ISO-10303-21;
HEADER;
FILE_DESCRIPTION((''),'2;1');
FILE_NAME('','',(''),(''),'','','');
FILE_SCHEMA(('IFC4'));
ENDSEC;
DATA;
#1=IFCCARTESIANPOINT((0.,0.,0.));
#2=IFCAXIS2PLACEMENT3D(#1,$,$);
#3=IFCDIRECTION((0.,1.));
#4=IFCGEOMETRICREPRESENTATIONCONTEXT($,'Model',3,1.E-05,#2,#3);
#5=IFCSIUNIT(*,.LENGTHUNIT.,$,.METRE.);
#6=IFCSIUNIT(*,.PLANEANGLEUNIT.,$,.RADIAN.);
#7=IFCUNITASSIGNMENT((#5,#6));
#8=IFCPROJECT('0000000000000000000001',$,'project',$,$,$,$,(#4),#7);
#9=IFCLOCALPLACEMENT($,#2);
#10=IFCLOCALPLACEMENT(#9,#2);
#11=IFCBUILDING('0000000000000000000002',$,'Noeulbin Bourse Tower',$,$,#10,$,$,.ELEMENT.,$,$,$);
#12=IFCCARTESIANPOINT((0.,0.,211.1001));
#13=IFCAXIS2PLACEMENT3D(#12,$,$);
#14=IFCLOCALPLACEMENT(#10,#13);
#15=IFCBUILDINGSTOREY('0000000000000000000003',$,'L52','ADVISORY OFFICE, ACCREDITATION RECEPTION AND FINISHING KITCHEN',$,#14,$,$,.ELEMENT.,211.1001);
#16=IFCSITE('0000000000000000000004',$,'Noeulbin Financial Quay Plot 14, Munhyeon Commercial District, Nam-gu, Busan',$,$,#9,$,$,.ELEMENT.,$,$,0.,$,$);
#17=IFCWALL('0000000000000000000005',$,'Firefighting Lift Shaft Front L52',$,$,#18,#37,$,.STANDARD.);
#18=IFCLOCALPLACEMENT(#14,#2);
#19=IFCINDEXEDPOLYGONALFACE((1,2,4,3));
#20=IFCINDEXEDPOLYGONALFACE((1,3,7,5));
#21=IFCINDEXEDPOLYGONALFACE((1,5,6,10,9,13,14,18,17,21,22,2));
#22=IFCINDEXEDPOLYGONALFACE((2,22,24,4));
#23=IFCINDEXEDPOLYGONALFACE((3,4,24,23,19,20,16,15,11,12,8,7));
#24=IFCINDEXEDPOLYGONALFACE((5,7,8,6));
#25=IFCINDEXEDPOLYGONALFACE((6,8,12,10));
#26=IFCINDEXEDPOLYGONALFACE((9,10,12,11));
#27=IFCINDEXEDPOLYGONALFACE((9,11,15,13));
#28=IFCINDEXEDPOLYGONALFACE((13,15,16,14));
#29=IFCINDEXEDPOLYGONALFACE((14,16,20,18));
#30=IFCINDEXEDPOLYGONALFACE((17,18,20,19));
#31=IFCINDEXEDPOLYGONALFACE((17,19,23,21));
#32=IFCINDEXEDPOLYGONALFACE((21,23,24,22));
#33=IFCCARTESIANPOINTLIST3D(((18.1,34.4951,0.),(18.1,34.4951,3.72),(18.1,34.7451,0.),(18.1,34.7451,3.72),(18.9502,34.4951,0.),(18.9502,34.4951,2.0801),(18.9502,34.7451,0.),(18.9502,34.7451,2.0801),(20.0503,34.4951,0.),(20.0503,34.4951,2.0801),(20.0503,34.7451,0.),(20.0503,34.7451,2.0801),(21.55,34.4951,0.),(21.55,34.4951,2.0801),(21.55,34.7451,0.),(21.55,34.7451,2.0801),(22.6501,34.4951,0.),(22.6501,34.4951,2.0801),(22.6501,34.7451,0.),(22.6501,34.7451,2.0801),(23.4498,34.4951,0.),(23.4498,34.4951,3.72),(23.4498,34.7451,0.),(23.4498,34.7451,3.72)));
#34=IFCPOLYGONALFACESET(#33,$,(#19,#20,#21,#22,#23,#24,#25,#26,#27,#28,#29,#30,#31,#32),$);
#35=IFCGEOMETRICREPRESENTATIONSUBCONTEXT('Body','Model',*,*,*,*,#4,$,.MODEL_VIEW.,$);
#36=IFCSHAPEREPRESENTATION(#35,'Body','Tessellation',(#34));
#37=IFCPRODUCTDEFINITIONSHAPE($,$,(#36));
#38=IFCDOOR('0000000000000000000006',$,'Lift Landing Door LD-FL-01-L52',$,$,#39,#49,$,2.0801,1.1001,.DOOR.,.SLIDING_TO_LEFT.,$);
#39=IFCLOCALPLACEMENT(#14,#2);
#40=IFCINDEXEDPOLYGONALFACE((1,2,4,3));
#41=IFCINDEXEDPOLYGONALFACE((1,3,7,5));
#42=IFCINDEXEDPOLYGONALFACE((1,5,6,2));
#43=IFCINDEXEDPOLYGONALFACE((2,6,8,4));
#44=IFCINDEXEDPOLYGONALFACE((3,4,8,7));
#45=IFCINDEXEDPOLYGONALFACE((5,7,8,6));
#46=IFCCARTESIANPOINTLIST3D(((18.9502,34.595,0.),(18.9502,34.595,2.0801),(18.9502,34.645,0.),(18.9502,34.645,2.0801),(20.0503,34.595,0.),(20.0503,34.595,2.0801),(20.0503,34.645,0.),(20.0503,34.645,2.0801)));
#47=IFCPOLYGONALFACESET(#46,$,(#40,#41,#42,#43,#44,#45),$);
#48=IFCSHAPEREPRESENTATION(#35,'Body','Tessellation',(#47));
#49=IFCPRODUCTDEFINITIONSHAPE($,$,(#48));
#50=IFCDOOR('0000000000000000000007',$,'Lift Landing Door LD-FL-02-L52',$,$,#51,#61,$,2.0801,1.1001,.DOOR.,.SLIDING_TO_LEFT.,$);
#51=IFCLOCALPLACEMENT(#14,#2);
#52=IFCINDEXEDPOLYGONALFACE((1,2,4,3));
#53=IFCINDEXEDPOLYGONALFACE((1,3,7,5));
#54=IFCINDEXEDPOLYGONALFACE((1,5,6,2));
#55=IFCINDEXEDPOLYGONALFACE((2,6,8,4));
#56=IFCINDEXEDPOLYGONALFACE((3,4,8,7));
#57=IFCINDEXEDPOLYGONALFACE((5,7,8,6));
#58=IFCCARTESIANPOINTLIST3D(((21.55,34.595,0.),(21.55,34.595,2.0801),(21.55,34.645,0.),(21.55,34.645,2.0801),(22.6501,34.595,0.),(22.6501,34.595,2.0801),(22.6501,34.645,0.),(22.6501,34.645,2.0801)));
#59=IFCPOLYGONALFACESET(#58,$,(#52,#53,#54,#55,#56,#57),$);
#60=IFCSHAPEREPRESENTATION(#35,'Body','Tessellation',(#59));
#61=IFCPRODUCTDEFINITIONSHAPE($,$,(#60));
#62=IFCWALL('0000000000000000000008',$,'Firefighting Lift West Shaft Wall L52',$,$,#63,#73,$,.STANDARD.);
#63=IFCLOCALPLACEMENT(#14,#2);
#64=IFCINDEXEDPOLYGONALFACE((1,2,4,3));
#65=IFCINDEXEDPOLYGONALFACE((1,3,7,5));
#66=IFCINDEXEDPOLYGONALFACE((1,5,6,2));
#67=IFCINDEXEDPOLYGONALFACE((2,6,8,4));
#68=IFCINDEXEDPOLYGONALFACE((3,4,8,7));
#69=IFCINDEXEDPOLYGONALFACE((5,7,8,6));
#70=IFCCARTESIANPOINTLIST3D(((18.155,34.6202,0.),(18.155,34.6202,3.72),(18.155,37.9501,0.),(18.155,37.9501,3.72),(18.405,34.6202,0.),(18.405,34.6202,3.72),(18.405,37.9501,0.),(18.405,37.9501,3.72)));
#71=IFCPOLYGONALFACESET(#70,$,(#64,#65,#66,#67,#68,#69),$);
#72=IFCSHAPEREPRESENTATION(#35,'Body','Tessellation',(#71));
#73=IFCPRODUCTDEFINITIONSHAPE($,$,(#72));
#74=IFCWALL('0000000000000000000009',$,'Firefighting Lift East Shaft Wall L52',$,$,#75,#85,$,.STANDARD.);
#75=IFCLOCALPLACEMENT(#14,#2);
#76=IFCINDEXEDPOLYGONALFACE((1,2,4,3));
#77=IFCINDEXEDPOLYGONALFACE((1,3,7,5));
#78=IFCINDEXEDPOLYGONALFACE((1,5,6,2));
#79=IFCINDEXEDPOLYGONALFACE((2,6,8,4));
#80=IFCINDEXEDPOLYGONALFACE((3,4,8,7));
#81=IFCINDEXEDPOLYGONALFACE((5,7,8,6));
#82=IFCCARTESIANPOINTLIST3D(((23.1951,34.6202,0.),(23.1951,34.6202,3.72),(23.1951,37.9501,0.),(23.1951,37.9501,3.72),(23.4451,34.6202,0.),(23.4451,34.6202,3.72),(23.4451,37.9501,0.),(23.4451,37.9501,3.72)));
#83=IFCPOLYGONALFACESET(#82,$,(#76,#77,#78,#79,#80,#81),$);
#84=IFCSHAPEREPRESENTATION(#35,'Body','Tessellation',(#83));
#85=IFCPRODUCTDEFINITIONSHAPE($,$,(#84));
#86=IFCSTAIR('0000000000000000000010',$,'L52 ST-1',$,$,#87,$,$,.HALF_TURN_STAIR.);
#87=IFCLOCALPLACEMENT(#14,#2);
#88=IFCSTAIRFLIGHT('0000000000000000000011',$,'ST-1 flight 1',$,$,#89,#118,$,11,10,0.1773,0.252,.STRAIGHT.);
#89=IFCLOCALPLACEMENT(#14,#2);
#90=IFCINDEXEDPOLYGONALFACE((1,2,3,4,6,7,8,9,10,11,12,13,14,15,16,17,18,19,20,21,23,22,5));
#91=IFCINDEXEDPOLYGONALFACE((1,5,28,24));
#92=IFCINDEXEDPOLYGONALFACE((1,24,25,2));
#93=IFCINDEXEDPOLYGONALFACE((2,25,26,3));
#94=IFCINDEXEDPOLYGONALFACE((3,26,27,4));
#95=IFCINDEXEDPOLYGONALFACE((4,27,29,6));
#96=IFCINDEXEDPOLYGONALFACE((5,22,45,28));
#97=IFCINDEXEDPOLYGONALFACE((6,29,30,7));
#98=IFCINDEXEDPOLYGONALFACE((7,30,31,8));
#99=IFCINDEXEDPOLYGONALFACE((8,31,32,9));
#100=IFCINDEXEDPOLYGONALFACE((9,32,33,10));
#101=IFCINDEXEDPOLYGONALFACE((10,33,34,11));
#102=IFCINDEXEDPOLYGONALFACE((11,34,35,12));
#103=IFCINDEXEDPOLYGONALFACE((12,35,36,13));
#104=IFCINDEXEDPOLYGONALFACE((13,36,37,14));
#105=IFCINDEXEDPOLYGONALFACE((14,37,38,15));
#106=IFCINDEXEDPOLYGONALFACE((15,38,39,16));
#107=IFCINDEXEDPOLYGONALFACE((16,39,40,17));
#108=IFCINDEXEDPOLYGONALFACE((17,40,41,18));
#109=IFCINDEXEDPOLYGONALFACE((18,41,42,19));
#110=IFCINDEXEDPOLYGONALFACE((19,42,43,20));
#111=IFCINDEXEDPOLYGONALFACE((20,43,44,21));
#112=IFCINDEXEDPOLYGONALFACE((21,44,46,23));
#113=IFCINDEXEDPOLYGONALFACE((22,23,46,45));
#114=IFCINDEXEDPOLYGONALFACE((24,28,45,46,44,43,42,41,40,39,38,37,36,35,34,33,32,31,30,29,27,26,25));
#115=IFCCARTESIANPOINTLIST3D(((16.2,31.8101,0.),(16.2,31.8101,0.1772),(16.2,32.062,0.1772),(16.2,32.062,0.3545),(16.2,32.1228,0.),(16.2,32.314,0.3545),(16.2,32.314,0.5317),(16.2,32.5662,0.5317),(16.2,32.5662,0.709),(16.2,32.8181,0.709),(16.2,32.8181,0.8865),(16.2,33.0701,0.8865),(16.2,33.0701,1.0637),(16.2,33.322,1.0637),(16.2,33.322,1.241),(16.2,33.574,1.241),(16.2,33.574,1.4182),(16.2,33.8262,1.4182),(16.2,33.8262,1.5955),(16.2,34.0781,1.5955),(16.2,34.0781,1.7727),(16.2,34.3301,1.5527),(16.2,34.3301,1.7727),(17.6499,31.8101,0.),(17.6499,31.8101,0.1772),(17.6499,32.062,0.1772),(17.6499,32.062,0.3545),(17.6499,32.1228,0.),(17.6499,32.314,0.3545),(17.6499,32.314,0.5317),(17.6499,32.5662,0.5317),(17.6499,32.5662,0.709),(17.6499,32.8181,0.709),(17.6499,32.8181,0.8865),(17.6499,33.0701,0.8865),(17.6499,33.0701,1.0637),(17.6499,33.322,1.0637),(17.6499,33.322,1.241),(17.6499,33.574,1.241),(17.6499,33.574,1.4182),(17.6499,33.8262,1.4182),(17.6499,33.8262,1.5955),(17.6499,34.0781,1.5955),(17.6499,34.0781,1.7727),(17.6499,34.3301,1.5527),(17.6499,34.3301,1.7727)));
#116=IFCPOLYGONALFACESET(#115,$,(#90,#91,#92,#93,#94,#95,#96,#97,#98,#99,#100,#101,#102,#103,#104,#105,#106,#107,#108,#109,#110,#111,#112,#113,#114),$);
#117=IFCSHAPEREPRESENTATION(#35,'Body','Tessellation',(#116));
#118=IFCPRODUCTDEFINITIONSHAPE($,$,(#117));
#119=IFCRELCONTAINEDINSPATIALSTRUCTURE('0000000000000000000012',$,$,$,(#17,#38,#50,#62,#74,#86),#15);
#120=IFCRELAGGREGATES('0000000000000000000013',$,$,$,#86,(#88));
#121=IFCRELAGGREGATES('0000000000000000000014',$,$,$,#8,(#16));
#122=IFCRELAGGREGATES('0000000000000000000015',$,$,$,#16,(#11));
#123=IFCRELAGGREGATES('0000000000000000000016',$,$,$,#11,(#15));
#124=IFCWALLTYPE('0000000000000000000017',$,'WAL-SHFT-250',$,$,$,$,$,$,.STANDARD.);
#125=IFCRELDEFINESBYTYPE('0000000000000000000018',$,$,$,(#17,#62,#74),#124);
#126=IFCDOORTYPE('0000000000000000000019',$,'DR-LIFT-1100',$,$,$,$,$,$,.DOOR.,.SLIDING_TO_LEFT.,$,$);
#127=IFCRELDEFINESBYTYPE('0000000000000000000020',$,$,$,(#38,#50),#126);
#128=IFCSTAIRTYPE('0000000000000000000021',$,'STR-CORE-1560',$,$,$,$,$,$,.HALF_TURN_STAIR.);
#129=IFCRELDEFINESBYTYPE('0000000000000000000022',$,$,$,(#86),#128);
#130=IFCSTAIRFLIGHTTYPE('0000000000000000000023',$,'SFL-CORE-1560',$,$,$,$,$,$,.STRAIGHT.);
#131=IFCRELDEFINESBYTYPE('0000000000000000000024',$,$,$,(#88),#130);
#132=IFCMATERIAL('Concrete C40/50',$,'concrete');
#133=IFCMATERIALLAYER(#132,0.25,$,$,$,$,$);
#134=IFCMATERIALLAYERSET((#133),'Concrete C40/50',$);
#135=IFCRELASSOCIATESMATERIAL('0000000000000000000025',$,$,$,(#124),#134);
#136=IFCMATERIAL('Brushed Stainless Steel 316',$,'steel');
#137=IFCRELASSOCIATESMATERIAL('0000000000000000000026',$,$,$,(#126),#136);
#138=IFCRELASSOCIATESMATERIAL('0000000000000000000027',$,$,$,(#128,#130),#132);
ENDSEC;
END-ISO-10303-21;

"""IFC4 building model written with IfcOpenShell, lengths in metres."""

from ifc_helpers import new_model, si_unit, direction, frame, frame_2d, origin, place, context, subcontext, project, spatial, polyline, rectangle, outline, extrude, material, layer, layer_set, type_object, element, fill, aggregate, save


model = new_model("IFC4")

# Units and contexts
model_context = context("Model", 3, precision=1e-05, world=origin(), true_north=direction((0.0, 1.0)))
body_context = subcontext(model_context, "Body", "Model", "MODEL_VIEW")
ifc_project = project(units=[si_unit("LENGTHUNIT", "METRE"), si_unit("PLANEANGLEUNIT", "RADIAN")], contexts=[model_context])

# Site, building, storey
site_placement = place(None, origin())
site = spatial("IfcSite", under=ifc_project, at=site_placement, Name="Noeulbin Financial Quay Plot 14, Munhyeon Commercial District, Nam-gu, Busan", CompositionType="ELEMENT", RefElevation=0.0)
building_placement = place(site_placement, origin())
building = spatial("IfcBuilding", under=site, at=building_placement, Name="Noeulbin Bourse Tower", CompositionType="ELEMENT")
storey_placement = place(building_placement, frame((0.0, 0.0, 211.1001)))
storey = spatial("IfcBuildingStorey", under=building, at=storey_placement, Name="L52", Description="ADVISORY OFFICE, ACCREDITATION RECEPTION AND FINISHING KITCHEN", CompositionType="ELEMENT", Elevation=211.1001)

# Shared definitions
ifc_material_1 = material(Name="Concrete C40/50", Category="concrete")

# Shared definitions
ifc_layer_1 = layer(ifc_material_1, 0.25)
ifc_layer_set_1 = layer_set([ifc_layer_1], Name="Concrete C40/50")
wall_type_1 = type_object("IfcWallType", Name="WAL-SHFT-250", PredefinedType="STANDARD", material=ifc_layer_set_1)

# Wall, openings, doors
wall_1_placement = place(storey_placement, frame((18.1001, 34.6201, 0.0), z_axis=(0.0, 0.0, 1.0), x_axis=(1.0, 0.0, 0.0)))
wall_1 = element("IfcWall", 1, at=wall_1_placement, inside=storey, type_object=wall_type_1, Name="Firefighting Lift Shaft Front L52", PredefinedType="STANDARD", context=body_context, shape_type="SweptSolid", body=[
    extrude(rectangle(XDim=5.3499, YDim=0.25, at=frame_2d((2.6748, 0.0))), origin(), (0.0, 0.0, 1.0), 3.72),
])
opening_1_placement = place(wall_1_placement, frame((0.8501, 0.0, 0.0)))
opening_1 = element("IfcOpeningElement", 2, at=opening_1_placement, cuts=wall_1, PredefinedType="OPENING", context=body_context, shape_type="SweptSolid", body=[
    extrude(rectangle(XDim=1.1001, YDim=2.0801, at=frame_2d((0.55, 1.04))), frame((0.0, 0.135, 0.0), z_axis=(0.0, -1.0, 0.0), x_axis=(1.0, 0.0, 0.0)), (0.0, 0.0, 1.0), 0.27),
])
opening_2_placement = place(wall_1_placement, frame((3.45, 0.0, 0.0)))
opening_2 = element("IfcOpeningElement", 3, at=opening_2_placement, cuts=wall_1, PredefinedType="OPENING", context=body_context, shape_type="SweptSolid", body=[
    extrude(rectangle(XDim=1.1001, YDim=2.0801, at=frame_2d((0.55, 1.04))), frame((0.0, 0.135, 0.0), z_axis=(0.0, -1.0, 0.0), x_axis=(1.0, 0.0, 0.0)), (0.0, 0.0, 1.0), 0.27),
])
ifc_material_2 = material(Name="Brushed Stainless Steel 316", Category="steel")
door_type_1 = type_object("IfcDoorType", Name="DR-LIFT-1100", OperationType="SLIDING_TO_LEFT", PredefinedType="DOOR", material=ifc_material_2)
door_1_placement = place(opening_1_placement, origin())
door_1 = element("IfcDoor", 4, at=door_1_placement, inside=storey, type_object=door_type_1, Name="Lift Landing Door LD-FL-01-L52", OperationType="SLIDING_TO_LEFT", OverallHeight=2.0801, OverallWidth=1.1001, PredefinedType="DOOR", context=body_context, shape_type="SweptSolid", body=[
    extrude(rectangle(XDim=1.1001, YDim=2.0801, at=frame_2d((0.55, 1.04))), frame((0.0, 0.0249, 0.0), z_axis=(0.0, -1.0, 0.0), x_axis=(1.0, 0.0, 0.0)), (0.0, 0.0, 1.0), 0.05),
])
fill(opening_1, door_1)
door_2_placement = place(opening_2_placement, origin())
door_2 = element("IfcDoor", 5, at=door_2_placement, inside=storey, type_object=door_type_1, Name="Lift Landing Door LD-FL-02-L52", OperationType="SLIDING_TO_LEFT", OverallHeight=2.0801, OverallWidth=1.1001, PredefinedType="DOOR", context=body_context, shape_type="SweptSolid", body=[
    extrude(rectangle(XDim=1.1001, YDim=2.0801, at=frame_2d((0.55, 1.04))), frame((0.0, 0.0249, 0.0), z_axis=(0.0, -1.0, 0.0), x_axis=(1.0, 0.0, 0.0)), (0.0, 0.0, 1.0), 0.05),
])
fill(opening_2, door_2)

# Walls
for number, where, z_axis, x_axis, name in (
    (6, (18.28, 34.6201, 0.0), (0.0, 0.0, 1.0), (0.0, 1.0, 0.0), "Firefighting Lift West Shaft Wall L52"),
    (7, (23.3201, 34.6201, 0.0), (0.0, 0.0, 1.0), (0.0, 1.0, 0.0), "Firefighting Lift East Shaft Wall L52"),
):
    element("IfcWall", number, at=place(storey_placement, frame(where, z_axis=z_axis, x_axis=x_axis)), inside=storey, type_object=wall_type_1, Name=name, PredefinedType="STANDARD", context=body_context, shape_type="SweptSolid", body=[
        extrude(rectangle(XDim=3.3298, YDim=0.25, at=frame_2d((1.665, 0.0))), origin(), (0.0, 0.0, 1.0), 3.72),
    ])

# Stair, stair flight
stair_type = type_object("IfcStairType", Name="STR-CORE-1560", PredefinedType="HALF_TURN_STAIR", material=ifc_material_1)
stair_placement = place(storey_placement, origin())
stair = element("IfcStair", 8, at=stair_placement, inside=storey, type_object=stair_type, Name="L52 ST-1", PredefinedType="HALF_TURN_STAIR")
stair_flight_type = type_object("IfcStairFlightType", Name="SFL-CORE-1560", PredefinedType="STRAIGHT", material=ifc_material_1)
stair_flight_placement = place(storey_placement, frame((16.925, 31.8101, 0.0), z_axis=(0.0, 0.0, 1.0), x_axis=(0.0, 1.0, 0.0)))
stair_flight = element("IfcStairFlight", 9, at=stair_flight_placement, type_object=stair_flight_type, Name="ST-1 flight 1", NumberOfRisers=11, NumberOfTreads=10, PredefinedType="STRAIGHT", RiserHeight=0.1773, TreadLength=0.252, context=body_context, shape_type="SweptSolid", body=[
    extrude(outline(polyline([(0.0, 0.0), (0.0, 0.1772), (0.252, 0.1772), (0.252, 0.3545), (0.5039, 0.3545), (0.5039, 0.5317), (0.7561, 0.5317), (0.7561, 0.709), (1.0081, 0.709), (1.0081, 0.8865), (1.26, 0.8865), (1.26, 1.0637), (1.512, 1.0637), (1.512, 1.241), (1.7639, 1.241), (1.7639, 1.4182), (2.0161, 1.4182), (2.0161, 1.5955), (2.2681, 1.5955), (2.2681, 1.7727), (2.52, 1.7727), (2.52, 1.95), (2.52, 1.5527), (0.3127, 0.0), (0.0, 0.0)])), frame((0.0, 0.7251, 0.0), z_axis=(0.0, -1.0, 0.0), x_axis=(1.0, 0.0, 0.0)), (0.0, 0.0, 1.0), 1.45),
])
aggregate(stair, [stair_flight])

save(model, "model.ifc")
